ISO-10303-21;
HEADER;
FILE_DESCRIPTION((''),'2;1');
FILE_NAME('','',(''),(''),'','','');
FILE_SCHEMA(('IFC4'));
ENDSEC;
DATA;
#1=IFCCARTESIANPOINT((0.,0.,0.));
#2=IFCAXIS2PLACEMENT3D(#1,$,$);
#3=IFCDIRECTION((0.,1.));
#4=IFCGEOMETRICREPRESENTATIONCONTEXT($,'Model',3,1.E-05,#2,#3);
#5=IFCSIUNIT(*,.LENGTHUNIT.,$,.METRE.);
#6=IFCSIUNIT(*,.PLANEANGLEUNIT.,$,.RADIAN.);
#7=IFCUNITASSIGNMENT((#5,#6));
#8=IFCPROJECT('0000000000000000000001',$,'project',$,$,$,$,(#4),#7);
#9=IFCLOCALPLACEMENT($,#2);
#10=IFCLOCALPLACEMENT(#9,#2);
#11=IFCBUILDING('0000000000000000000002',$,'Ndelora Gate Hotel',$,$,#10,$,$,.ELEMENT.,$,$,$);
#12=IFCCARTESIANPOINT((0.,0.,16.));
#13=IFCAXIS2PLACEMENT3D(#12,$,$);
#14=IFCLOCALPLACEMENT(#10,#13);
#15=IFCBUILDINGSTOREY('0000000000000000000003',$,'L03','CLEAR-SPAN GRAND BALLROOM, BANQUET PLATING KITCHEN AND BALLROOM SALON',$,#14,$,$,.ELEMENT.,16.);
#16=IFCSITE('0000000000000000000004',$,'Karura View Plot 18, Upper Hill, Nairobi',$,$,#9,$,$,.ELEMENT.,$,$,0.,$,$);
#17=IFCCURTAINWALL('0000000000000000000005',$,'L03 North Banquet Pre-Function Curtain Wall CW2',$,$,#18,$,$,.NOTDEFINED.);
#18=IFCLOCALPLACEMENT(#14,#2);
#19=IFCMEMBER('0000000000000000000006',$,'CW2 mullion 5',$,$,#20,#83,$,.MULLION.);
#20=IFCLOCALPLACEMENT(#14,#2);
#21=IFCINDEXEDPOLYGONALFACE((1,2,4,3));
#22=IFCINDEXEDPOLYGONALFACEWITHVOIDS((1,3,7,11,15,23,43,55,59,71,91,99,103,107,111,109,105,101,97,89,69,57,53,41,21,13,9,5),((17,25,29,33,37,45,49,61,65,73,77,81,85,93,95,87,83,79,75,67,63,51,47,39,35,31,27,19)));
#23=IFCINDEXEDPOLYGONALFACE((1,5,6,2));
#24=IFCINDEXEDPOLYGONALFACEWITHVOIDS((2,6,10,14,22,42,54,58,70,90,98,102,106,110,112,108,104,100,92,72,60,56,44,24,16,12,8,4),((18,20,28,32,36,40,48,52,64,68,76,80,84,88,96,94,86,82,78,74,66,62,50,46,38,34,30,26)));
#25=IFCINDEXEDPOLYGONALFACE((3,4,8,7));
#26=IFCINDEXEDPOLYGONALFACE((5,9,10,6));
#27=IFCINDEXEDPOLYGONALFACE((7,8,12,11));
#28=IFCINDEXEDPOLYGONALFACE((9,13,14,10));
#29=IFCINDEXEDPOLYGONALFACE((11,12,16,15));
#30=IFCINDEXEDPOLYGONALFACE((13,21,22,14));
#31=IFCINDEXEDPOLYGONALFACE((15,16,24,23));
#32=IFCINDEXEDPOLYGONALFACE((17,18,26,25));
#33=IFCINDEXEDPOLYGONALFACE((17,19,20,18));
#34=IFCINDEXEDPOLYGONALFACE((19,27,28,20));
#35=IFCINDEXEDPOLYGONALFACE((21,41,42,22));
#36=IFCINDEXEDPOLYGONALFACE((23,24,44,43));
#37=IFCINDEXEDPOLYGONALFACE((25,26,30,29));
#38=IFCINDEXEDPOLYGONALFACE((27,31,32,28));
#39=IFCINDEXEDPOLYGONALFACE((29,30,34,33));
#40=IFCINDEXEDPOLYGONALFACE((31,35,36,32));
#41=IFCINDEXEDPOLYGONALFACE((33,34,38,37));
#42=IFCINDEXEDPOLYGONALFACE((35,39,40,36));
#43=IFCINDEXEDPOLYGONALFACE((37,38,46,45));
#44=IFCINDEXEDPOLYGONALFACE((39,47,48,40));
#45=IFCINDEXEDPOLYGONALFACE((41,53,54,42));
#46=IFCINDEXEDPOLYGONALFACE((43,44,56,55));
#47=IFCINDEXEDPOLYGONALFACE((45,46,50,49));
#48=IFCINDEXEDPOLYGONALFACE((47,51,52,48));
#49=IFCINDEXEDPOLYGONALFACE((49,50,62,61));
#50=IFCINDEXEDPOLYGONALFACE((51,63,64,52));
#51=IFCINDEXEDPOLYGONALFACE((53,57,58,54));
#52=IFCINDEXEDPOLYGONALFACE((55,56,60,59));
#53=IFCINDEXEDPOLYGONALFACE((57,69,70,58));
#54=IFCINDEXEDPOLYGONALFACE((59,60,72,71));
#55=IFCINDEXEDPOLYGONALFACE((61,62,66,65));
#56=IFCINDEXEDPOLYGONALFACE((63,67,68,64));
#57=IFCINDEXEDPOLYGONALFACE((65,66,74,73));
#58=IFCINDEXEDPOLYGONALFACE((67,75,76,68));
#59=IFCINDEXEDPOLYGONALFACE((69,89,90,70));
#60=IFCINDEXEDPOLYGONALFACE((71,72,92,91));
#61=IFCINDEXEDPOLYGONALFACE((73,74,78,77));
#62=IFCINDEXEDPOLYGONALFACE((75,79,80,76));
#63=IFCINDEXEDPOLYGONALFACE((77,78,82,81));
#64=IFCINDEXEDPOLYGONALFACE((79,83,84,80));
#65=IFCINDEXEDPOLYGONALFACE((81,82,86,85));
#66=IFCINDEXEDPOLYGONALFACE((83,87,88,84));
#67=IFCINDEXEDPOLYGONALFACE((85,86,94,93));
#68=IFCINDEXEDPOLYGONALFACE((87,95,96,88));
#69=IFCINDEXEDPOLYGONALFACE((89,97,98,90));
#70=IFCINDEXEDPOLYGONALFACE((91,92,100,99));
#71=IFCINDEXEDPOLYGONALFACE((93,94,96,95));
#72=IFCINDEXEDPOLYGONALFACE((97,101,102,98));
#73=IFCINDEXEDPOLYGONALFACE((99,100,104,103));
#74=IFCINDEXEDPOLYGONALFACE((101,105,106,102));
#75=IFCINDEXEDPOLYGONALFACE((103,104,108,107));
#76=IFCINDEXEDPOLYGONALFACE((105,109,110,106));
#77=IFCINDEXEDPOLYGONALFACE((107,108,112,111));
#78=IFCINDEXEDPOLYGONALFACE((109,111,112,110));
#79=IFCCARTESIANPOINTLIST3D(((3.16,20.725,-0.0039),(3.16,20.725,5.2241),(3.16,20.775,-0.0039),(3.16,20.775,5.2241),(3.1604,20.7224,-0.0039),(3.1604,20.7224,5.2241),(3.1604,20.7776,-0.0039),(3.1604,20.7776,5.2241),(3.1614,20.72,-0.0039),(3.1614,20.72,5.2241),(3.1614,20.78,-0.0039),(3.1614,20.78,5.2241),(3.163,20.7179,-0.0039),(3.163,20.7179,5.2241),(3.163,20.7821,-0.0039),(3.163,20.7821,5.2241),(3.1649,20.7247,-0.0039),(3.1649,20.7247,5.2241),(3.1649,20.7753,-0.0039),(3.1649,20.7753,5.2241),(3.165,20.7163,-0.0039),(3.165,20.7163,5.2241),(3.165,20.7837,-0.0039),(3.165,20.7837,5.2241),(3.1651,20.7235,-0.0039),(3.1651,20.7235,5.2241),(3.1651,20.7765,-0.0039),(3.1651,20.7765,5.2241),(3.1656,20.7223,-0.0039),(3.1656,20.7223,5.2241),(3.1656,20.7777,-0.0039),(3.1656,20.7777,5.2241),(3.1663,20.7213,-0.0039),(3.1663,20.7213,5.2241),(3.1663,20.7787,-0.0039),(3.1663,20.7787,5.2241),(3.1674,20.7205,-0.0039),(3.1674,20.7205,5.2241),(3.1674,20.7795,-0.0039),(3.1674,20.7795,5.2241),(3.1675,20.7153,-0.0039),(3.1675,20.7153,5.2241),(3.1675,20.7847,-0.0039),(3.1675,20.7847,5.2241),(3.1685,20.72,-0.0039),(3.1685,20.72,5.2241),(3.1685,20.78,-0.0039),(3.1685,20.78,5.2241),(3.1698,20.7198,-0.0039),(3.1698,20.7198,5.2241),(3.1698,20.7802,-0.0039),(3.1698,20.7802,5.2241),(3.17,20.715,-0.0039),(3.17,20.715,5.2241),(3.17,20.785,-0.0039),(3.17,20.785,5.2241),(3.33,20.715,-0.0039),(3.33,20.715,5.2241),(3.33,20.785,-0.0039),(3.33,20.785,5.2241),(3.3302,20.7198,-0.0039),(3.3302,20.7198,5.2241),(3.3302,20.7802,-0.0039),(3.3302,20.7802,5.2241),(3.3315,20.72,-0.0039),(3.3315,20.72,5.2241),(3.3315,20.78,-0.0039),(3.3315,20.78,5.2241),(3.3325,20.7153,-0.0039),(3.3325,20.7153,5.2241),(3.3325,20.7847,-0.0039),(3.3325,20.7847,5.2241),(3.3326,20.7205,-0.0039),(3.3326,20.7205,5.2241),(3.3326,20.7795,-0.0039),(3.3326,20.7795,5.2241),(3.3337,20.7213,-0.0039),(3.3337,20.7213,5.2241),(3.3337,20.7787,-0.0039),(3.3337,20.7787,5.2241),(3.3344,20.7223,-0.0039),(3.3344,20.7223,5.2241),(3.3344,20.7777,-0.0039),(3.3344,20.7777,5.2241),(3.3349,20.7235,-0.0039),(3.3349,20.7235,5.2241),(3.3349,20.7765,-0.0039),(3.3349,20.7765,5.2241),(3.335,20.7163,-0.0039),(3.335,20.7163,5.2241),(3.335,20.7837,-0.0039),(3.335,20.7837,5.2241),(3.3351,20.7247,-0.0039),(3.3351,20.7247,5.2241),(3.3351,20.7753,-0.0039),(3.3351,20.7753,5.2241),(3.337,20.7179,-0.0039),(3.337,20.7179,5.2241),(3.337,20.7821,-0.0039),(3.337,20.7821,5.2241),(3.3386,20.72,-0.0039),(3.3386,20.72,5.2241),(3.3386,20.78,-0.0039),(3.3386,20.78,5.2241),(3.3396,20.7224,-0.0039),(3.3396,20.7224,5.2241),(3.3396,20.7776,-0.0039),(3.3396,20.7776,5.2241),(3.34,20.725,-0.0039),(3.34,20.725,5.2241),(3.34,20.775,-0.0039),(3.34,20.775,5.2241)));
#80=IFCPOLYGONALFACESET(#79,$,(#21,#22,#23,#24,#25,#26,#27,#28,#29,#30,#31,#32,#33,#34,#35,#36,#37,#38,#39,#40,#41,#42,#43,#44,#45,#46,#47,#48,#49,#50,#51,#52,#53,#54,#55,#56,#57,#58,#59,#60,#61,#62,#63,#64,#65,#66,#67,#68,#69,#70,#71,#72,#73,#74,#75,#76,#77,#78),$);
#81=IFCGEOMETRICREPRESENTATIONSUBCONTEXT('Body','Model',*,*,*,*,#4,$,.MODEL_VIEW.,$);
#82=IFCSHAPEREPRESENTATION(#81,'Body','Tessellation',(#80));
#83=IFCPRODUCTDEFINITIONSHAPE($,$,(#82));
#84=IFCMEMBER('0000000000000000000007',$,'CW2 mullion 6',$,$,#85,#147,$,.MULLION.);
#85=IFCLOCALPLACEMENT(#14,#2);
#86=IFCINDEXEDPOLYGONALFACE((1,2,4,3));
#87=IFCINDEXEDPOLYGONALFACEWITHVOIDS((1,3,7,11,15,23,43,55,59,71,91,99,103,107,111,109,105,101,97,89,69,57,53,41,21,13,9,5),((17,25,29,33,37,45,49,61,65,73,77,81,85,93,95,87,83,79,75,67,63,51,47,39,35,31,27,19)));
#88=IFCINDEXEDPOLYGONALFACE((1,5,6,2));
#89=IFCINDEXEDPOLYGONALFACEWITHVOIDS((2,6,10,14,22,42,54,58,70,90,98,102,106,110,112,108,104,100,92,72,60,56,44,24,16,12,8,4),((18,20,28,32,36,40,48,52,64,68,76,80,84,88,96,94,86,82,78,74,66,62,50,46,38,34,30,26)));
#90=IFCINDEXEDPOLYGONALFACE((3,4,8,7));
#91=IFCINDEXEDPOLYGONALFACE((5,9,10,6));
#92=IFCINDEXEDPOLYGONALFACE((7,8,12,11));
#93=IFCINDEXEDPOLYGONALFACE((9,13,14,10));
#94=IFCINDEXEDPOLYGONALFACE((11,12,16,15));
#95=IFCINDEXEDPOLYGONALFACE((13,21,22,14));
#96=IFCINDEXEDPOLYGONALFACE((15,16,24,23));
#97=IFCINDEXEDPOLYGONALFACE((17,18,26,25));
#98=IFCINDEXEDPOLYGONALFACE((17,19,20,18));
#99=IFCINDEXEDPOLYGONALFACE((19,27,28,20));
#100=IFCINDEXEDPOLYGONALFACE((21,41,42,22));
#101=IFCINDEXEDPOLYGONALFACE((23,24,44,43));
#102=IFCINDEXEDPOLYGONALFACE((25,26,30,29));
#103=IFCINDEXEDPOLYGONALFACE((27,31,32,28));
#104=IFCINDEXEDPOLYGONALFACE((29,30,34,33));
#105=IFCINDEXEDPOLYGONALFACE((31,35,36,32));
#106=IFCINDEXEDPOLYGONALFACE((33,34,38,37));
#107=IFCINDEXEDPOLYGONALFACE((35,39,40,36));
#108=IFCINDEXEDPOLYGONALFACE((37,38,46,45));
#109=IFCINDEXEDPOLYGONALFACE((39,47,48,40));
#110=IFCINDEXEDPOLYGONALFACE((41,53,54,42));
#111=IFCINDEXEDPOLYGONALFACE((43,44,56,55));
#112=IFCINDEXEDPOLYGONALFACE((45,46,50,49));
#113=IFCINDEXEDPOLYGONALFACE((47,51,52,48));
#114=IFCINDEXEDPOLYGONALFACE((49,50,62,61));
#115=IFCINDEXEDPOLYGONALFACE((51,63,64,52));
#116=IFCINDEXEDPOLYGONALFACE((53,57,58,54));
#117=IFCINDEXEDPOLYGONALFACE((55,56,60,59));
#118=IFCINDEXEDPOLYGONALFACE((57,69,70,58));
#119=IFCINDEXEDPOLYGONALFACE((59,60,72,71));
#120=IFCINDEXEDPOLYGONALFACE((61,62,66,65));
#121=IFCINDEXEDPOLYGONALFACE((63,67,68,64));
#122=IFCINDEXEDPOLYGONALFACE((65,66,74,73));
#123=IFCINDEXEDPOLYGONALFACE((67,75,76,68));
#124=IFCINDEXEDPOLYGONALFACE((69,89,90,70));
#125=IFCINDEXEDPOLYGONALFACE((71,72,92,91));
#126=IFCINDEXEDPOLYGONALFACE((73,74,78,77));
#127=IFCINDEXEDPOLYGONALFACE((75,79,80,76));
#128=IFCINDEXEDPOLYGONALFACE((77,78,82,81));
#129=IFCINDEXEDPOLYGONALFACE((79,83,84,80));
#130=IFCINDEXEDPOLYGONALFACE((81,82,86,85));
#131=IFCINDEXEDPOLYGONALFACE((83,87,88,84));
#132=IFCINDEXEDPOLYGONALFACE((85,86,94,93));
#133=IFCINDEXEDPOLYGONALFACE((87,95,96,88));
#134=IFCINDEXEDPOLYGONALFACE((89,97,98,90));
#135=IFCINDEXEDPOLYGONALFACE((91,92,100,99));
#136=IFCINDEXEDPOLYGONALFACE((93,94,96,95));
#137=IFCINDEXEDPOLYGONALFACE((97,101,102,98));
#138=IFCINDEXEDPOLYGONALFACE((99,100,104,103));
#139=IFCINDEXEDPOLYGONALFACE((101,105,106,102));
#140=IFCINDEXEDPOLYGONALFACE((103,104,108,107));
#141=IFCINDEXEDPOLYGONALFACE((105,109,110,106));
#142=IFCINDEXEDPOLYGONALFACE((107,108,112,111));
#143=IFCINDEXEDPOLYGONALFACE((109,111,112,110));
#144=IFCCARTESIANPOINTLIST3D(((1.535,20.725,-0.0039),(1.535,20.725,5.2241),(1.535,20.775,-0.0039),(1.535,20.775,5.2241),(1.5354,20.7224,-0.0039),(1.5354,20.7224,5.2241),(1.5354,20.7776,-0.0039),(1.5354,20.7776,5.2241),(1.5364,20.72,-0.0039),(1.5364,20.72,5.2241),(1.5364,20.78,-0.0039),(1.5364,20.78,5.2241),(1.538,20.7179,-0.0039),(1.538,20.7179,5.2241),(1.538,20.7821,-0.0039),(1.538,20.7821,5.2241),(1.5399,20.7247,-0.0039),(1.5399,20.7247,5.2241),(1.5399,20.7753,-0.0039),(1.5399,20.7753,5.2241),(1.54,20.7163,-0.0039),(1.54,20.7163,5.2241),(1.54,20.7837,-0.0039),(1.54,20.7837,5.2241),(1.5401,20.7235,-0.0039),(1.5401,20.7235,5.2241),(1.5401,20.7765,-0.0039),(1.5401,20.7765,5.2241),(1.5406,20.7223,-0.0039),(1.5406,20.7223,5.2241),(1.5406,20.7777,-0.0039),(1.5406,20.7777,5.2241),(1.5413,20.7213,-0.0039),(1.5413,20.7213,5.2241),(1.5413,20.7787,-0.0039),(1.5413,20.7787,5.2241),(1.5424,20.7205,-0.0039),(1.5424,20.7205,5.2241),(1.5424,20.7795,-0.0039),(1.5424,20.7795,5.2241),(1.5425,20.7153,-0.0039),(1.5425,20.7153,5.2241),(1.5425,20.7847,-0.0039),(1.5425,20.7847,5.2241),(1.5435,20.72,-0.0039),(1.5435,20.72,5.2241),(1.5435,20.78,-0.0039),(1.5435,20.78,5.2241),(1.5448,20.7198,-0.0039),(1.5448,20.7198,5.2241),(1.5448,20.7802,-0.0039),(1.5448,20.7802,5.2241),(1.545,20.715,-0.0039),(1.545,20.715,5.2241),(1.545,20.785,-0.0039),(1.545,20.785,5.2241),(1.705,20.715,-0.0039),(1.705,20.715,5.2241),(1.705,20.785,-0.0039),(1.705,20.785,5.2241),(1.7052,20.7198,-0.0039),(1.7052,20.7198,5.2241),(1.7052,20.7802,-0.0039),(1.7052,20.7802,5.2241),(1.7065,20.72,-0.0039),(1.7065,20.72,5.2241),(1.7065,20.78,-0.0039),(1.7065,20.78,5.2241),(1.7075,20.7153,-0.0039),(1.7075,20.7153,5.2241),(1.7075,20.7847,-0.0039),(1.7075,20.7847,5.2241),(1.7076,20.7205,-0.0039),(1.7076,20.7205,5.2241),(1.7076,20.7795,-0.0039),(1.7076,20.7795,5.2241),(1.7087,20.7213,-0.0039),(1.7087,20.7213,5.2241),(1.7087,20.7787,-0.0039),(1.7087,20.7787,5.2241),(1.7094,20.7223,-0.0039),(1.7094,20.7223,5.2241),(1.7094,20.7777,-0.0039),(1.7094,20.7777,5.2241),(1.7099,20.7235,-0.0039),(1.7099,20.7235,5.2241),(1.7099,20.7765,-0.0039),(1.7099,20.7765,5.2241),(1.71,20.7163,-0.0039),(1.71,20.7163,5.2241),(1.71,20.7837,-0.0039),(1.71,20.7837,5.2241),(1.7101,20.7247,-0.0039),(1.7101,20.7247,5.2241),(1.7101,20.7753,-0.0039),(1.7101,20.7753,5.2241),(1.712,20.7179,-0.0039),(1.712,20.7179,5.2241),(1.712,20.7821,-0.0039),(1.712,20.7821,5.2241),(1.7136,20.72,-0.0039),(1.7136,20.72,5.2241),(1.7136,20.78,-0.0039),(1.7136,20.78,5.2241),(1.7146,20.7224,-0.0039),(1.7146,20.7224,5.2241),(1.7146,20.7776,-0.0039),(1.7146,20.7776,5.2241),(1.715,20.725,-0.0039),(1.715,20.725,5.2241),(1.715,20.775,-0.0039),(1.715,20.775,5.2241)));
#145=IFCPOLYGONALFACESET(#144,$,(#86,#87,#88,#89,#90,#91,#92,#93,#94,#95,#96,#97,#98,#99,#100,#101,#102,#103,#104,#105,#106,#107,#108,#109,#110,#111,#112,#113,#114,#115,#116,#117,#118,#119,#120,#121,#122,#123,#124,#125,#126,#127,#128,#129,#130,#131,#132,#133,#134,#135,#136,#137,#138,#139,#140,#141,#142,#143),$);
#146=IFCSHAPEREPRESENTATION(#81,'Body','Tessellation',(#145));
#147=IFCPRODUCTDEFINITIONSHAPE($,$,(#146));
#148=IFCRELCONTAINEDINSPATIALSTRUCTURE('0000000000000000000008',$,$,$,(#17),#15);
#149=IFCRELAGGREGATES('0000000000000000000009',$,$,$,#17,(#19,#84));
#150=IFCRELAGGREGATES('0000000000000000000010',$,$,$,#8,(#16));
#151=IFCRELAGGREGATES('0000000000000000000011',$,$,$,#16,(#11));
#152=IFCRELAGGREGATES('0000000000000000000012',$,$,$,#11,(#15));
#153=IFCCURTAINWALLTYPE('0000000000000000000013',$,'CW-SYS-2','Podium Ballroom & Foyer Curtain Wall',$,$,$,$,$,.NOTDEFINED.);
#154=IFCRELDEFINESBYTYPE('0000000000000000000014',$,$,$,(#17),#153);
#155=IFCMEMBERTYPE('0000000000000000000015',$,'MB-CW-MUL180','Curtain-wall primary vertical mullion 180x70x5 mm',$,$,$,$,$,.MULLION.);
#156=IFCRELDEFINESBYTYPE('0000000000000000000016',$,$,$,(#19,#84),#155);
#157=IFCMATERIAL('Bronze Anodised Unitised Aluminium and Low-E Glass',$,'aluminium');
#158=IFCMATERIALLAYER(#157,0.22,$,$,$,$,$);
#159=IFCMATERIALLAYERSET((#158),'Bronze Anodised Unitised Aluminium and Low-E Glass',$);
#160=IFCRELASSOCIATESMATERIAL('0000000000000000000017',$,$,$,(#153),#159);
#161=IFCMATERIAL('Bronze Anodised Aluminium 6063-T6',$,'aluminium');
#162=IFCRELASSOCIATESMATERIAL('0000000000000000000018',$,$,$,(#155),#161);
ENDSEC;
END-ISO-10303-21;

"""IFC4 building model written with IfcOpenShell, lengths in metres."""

from ifc_helpers import new_model, si_unit, direction, frame, origin, origin_2d, place, context, subcontext, project, spatial, hollow_rectangle, extrude, material, layer, layer_set, material_profile, profile_set, type_object, element, aggregate, save


model = new_model("IFC4")

# Units and contexts
model_context = context("Model", 3, precision=1e-05, world=origin(), true_north=direction((0.0, 1.0)))
body_context = subcontext(model_context, "Body", "Model", "MODEL_VIEW")
ifc_project = project(units=[si_unit("LENGTHUNIT", "METRE"), si_unit("PLANEANGLEUNIT", "RADIAN")], contexts=[model_context])

# Site, building, storey
site_placement = place(None, origin())
site = spatial("IfcSite", under=ifc_project, at=site_placement, Name="Karura View Plot 18, Upper Hill, Nairobi", CompositionType="ELEMENT", RefElevation=0.0)
building_placement = place(site_placement, origin())
building = spatial("IfcBuilding", under=site, at=building_placement, Name="Ndelora Gate Hotel", CompositionType="ELEMENT")
storey_placement = place(building_placement, frame((0.0, 0.0, 16.0)))
storey = spatial("IfcBuildingStorey", under=building, at=storey_placement, Name="L03", Description="CLEAR-SPAN GRAND BALLROOM, BANQUET PLATING KITCHEN AND BALLROOM SALON", CompositionType="ELEMENT", Elevation=16.0)

# Curtain wall, members
ifc_material_1 = material(Name="Bronze Anodised Unitised Aluminium and Low-E Glass", Category="aluminium")
ifc_layer_1 = layer(ifc_material_1, 0.22)
ifc_layer_set_1 = layer_set([ifc_layer_1], Name="Bronze Anodised Unitised Aluminium and Low-E Glass")
curtain_wall_type = type_object("IfcCurtainWallType", Name="CW-SYS-2", Description="Podium Ballroom & Foyer Curtain Wall", PredefinedType="NOTDEFINED", material=ifc_layer_set_1)
curtain_wall_placement = place(storey_placement, origin())
curtain_wall = element("IfcCurtainWall", 1, at=curtain_wall_placement, inside=storey, type_object=curtain_wall_type, Name="L03 North Banquet Pre-Function Curtain Wall CW2", PredefinedType="NOTDEFINED")
ifc_material_2 = material(Name="Bronze Anodised Aluminium 6063-T6", Category="aluminium")
ifc_material_profile_1 = material_profile(ifc_material_2, hollow_rectangle(XDim=0.0701, YDim=0.1799, WallThickness=0.0049, InnerFilletRadius=0.0049, OuterFilletRadius=0.01, at=origin_2d()), Name="ALU 180x70x5")
ifc_profile_set_1 = profile_set([ifc_material_profile_1], Name="Bronze Anodised Aluminium 6063-T6")
member_type_1 = type_object("IfcMemberType", Name="MB-CW-MUL180", Description="Curtain-wall primary vertical mullion 180x70x5 mm", PredefinedType="MULLION", material=ifc_profile_set_1)
member_1_placement = place(storey_placement, frame((3.25, 20.75, -0.0039), z_axis=(0.0, 0.0, 1.0), x_axis=(0.0, -1.0, 0.0)))
member_1 = element("IfcMember", 2, at=member_1_placement, type_object=member_type_1, Name="CW2 mullion 5", PredefinedType="MULLION", context=body_context, shape_type="SweptSolid", body=[
    extrude(hollow_rectangle(XDim=0.0701, YDim=0.1799, WallThickness=0.0049, InnerFilletRadius=0.0049, OuterFilletRadius=0.01, at=origin_2d()), origin(), (0.0, 0.0, 1.0), 5.228),
])
member_2_placement = place(storey_placement, frame((1.625, 20.75, -0.0039), z_axis=(0.0, 0.0, 1.0), x_axis=(0.0, -1.0, 0.0)))
member_2 = element("IfcMember", 3, at=member_2_placement, type_object=member_type_1, Name="CW2 mullion 6", PredefinedType="MULLION", context=body_context, shape_type="SweptSolid", body=[
    extrude(hollow_rectangle(XDim=0.0701, YDim=0.1799, WallThickness=0.0049, InnerFilletRadius=0.0049, OuterFilletRadius=0.01, at=origin_2d()), origin(), (0.0, 0.0, 1.0), 5.228),
])
aggregate(curtain_wall, [member_1, member_2])

save(model, "model.ifc")
